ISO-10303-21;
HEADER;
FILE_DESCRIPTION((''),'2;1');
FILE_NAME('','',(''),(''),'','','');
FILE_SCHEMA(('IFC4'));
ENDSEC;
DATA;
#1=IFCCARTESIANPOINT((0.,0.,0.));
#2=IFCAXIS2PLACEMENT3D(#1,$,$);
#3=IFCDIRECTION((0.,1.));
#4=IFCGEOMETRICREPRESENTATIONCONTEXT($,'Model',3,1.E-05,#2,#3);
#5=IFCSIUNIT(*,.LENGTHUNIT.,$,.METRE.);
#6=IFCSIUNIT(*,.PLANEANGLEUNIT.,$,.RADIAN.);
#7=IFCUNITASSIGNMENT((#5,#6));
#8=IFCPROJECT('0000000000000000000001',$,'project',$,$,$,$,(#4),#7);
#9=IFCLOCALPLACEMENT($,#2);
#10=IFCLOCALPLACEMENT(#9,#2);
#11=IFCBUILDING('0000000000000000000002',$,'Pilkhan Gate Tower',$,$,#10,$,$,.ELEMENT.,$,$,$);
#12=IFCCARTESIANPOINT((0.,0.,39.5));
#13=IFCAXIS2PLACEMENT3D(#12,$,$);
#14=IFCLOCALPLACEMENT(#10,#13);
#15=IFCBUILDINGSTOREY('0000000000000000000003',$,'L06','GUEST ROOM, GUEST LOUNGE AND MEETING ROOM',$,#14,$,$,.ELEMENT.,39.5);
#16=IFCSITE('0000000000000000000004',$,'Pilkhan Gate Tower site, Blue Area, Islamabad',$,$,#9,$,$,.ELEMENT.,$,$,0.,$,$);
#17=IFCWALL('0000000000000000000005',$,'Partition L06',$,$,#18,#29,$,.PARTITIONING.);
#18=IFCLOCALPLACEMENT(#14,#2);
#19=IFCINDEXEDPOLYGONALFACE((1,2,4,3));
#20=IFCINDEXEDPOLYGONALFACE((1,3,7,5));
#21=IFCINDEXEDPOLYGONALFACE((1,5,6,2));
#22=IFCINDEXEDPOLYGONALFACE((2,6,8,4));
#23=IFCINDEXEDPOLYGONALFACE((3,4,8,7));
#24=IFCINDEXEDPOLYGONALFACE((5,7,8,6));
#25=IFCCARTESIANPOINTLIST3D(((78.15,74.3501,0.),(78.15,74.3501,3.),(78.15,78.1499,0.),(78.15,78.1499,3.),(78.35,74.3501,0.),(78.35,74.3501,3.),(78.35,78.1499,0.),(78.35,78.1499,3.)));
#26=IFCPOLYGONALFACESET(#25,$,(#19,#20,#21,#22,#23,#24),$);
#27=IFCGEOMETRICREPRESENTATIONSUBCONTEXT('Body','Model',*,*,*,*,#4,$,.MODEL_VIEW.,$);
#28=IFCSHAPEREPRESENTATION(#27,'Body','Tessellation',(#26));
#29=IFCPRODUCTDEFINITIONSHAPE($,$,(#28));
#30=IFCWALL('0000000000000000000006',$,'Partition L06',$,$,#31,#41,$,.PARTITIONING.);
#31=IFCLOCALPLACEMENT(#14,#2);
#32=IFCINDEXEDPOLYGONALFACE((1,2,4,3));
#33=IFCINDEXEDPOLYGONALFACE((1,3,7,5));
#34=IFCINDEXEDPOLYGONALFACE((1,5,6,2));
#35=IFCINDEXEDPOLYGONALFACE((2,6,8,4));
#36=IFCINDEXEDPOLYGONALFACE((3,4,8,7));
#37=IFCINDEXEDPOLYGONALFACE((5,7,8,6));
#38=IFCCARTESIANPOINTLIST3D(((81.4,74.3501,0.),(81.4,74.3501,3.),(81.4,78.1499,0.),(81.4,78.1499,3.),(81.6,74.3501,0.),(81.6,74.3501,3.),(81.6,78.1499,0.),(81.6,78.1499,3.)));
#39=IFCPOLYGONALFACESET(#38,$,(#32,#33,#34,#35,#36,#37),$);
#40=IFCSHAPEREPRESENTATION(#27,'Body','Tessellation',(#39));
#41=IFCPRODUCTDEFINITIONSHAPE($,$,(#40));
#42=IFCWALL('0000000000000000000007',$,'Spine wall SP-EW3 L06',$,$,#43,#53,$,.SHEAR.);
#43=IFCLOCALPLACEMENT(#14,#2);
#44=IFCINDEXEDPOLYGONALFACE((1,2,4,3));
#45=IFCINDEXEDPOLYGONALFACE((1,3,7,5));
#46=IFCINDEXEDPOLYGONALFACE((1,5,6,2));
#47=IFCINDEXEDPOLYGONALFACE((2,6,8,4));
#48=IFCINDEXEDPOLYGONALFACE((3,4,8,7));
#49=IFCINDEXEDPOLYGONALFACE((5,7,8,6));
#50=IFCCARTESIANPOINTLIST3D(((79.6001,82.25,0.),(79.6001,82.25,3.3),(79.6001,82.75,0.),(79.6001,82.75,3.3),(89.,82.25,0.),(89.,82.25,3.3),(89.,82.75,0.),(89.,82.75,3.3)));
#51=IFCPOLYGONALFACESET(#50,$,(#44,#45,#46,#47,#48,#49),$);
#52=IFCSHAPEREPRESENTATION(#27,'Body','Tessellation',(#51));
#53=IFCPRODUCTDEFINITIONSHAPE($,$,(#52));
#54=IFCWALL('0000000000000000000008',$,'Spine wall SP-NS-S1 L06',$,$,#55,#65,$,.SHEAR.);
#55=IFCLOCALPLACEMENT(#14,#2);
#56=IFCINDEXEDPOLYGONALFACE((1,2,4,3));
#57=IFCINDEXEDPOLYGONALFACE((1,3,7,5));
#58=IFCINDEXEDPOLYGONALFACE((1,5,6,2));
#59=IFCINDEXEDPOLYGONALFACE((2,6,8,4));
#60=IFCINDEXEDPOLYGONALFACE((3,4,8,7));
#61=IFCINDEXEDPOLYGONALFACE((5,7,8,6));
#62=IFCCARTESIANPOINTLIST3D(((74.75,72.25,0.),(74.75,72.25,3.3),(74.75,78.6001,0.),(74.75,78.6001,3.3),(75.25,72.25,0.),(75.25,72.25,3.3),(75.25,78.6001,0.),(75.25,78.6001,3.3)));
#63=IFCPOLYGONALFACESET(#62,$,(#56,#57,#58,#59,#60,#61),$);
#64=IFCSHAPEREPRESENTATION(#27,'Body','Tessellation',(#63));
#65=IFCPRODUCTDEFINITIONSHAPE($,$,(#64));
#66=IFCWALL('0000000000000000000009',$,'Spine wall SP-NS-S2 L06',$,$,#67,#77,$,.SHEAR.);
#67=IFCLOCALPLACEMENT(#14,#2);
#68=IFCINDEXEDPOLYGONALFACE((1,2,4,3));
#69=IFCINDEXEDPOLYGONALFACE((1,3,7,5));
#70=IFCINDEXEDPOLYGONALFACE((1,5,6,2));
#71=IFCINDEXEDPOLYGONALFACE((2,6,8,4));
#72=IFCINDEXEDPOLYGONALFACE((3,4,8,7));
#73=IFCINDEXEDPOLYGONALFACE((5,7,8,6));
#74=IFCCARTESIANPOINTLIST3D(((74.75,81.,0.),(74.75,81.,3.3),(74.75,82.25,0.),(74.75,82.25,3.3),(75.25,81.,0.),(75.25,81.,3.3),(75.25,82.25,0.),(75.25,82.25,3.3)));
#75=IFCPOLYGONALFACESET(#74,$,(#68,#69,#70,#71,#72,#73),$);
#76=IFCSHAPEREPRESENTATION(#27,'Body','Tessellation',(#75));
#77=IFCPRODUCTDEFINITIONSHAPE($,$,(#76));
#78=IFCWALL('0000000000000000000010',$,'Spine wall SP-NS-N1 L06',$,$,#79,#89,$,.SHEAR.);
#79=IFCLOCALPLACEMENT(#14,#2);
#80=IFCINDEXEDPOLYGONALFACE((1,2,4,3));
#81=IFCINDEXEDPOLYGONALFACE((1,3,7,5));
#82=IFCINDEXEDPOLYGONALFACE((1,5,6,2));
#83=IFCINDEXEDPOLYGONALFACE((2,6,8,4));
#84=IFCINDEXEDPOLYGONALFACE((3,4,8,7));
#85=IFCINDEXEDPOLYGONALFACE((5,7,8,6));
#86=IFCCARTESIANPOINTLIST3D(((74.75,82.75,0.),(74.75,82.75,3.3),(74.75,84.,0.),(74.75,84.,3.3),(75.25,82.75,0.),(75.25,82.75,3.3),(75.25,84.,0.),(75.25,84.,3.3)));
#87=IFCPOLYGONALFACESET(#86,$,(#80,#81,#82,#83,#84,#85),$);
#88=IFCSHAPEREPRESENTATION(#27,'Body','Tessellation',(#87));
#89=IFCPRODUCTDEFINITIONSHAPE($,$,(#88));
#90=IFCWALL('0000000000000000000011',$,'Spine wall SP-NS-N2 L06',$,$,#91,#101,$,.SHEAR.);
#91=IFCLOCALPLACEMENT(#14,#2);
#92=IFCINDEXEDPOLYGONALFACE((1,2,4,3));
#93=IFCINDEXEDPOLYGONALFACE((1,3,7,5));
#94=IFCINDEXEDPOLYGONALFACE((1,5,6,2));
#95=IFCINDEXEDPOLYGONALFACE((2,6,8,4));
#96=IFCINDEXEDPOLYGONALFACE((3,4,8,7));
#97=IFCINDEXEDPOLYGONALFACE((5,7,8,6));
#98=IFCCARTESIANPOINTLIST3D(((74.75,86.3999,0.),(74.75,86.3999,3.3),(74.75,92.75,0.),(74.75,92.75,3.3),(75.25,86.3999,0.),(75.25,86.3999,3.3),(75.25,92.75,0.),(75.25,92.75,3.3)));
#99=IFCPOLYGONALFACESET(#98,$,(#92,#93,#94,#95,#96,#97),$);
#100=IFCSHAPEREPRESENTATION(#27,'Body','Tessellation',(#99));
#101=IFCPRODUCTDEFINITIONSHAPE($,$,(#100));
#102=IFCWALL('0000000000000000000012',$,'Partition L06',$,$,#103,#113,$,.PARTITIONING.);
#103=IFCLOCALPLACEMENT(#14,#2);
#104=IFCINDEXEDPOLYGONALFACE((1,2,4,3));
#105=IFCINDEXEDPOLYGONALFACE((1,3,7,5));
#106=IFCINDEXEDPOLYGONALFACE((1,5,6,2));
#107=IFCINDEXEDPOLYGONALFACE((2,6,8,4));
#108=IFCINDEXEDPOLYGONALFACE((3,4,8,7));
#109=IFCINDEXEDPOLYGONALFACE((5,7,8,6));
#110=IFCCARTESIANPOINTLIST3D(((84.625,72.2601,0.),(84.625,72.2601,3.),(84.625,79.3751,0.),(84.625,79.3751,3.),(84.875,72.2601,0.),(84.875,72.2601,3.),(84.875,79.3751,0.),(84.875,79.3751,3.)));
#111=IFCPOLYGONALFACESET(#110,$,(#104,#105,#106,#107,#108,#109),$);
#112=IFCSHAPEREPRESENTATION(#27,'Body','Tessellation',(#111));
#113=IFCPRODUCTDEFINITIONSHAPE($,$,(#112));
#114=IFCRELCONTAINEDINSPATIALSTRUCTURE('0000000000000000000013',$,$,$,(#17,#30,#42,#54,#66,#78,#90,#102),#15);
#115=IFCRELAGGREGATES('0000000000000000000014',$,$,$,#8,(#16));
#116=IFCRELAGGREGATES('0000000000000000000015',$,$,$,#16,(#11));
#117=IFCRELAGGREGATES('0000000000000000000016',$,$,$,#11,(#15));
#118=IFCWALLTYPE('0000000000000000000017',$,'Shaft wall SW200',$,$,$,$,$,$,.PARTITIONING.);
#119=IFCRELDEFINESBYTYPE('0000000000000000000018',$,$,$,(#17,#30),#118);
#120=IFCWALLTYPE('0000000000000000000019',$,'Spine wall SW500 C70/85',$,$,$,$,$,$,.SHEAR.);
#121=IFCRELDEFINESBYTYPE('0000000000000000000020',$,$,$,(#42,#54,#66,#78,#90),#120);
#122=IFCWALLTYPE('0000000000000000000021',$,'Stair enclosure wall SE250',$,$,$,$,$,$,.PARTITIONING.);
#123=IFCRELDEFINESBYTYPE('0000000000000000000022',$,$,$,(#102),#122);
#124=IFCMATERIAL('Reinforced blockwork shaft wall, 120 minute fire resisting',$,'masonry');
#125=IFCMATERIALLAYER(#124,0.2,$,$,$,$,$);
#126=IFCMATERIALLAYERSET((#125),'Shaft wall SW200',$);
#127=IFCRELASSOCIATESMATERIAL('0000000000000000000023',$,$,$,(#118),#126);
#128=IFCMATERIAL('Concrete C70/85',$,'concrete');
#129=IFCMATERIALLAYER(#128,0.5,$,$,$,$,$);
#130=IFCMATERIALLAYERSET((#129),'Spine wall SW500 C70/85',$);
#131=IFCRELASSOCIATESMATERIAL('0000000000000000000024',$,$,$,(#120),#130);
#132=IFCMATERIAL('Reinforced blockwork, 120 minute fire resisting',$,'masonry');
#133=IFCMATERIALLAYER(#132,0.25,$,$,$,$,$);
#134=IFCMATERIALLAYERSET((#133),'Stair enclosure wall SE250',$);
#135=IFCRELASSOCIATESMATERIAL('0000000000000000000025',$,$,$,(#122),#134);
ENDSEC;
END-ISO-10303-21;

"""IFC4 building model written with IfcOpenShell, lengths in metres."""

from ifc_helpers import new_model, si_unit, direction, frame, frame_2d, origin, place, context, subcontext, project, spatial, rectangle, extrude, material, layer, layer_set, type_object, element, save


model = new_model("IFC4")

# Units and contexts
model_context = context("Model", 3, precision=1e-05, world=origin(), true_north=direction((0.0, 1.0)))
body_context = subcontext(model_context, "Body", "Model", "MODEL_VIEW")
ifc_project = project(units=[si_unit("LENGTHUNIT", "METRE"), si_unit("PLANEANGLEUNIT", "RADIAN")], contexts=[model_context])

# Site, building, storey
site_placement = place(None, origin())
site = spatial("IfcSite", under=ifc_project, at=site_placement, Name="Pilkhan Gate Tower site, Blue Area, Islamabad", CompositionType="ELEMENT", RefElevation=0.0)
building_placement = place(site_placement, origin())
building = spatial("IfcBuilding", under=site, at=building_placement, Name="Pilkhan Gate Tower", CompositionType="ELEMENT")
storey_placement = place(building_placement, frame((0.0, 0.0, 39.5)))
storey = spatial("IfcBuildingStorey", under=building, at=storey_placement, Name="L06", Description="GUEST ROOM, GUEST LOUNGE AND MEETING ROOM", CompositionType="ELEMENT", Elevation=39.5)

# Shared definitions
ifc_material_1 = material(Name="Concrete C70/85", Category="concrete")

# Shared definitions
ifc_material_2 = material(Name="Reinforced blockwork shaft wall, 120 minute fire resisting", Category="masonry")
ifc_layer_1 = layer(ifc_material_2, 0.2)
ifc_layer_set_1 = layer_set([ifc_layer_1], Name="Shaft wall SW200")
wall_type_1 = type_object("IfcWallType", Name="Shaft wall SW200", PredefinedType="PARTITIONING", material=ifc_layer_set_1)

# Walls
for number, where, z_axis, x_axis, name in (
    (1, (78.25, 74.3501, 0.0), (0.0, 0.0, 1.0), (0.0, 1.0, 0.0), "Partition L06"),
    (2, (81.5, 74.3501, 0.0), (0.0, 0.0, 1.0), (0.0, 1.0, 0.0), "Partition L06"),
):
    element("IfcWall", number, at=place(storey_placement, frame(where, z_axis=z_axis, x_axis=x_axis)), inside=storey, type_object=wall_type_1, Name=name, PredefinedType="PARTITIONING", context=body_context, shape_type="SweptSolid", body=[
        extrude(rectangle(XDim=3.7998, YDim=0.2, at=frame_2d((1.8999, 0.0))), origin(), (0.0, 0.0, 1.0), 3.0),
    ])
ifc_layer_2 = layer(ifc_material_1, 0.5)
ifc_layer_set_2 = layer_set([ifc_layer_2], Name="Spine wall SW500 C70/85")
wall_type_2 = type_object("IfcWallType", Name="Spine wall SW500 C70/85", PredefinedType="SHEAR", material=ifc_layer_set_2)
wall_1_placement = place(storey_placement, frame((79.6001, 82.5, 0.0), z_axis=(0.0, 0.0, 1.0), x_axis=(1.0, 0.0, 0.0)))
element("IfcWall", 3, at=wall_1_placement, inside=storey, type_object=wall_type_2, Name="Spine wall SP-EW3 L06", PredefinedType="SHEAR", context=body_context, shape_type="SweptSolid", body=[
    extrude(rectangle(XDim=9.3999, YDim=0.5, at=frame_2d((4.7, 0.0))), origin(), (0.0, 0.0, 1.0), 3.3),
])
wall_2_placement = place(storey_placement, frame((75.0, 72.25, 0.0), z_axis=(0.0, 0.0, 1.0), x_axis=(0.0, 1.0, 0.0)))
element("IfcWall", 4, at=wall_2_placement, inside=storey, type_object=wall_type_2, Name="Spine wall SP-NS-S1 L06", PredefinedType="SHEAR", context=body_context, shape_type="SweptSolid", body=[
    extrude(rectangle(XDim=6.3501, YDim=0.5, at=frame_2d((3.175, 0.0))), origin(), (0.0, 0.0, 1.0), 3.3),
])
for number, where, z_axis, x_axis, name in (
    (5, (75.0, 81.0, 0.0), (0.0, 0.0, 1.0), (0.0, 1.0, 0.0), "Spine wall SP-NS-S2 L06"),
    (6, (75.0, 82.75, 0.0), (0.0, 0.0, 1.0), (0.0, 1.0, 0.0), "Spine wall SP-NS-N1 L06"),
):
    element("IfcWall", number, at=place(storey_placement, frame(where, z_axis=z_axis, x_axis=x_axis)), inside=storey, type_object=wall_type_2, Name=name, PredefinedType="SHEAR", context=body_context, shape_type="SweptSolid", body=[
        extrude(rectangle(XDim=1.25, YDim=0.5, at=frame_2d((0.625, 0.0))), origin(), (0.0, 0.0, 1.0), 3.3),
    ])
wall_3_placement = place(storey_placement, frame((75.0, 86.3999, 0.0), z_axis=(0.0, 0.0, 1.0), x_axis=(0.0, 1.0, 0.0)))
element("IfcWall", 7, at=wall_3_placement, inside=storey, type_object=wall_type_2, Name="Spine wall SP-NS-N2 L06", PredefinedType="SHEAR", context=body_context, shape_type="SweptSolid", body=[
    extrude(rectangle(XDim=6.3501, YDim=0.5, at=frame_2d((3.175, 0.0))), origin(), (0.0, 0.0, 1.0), 3.3),
])
ifc_material_3 = material(Name="Reinforced blockwork, 120 minute fire resisting", Category="masonry")
ifc_layer_3 = layer(ifc_material_3, 0.25)
ifc_layer_set_3 = layer_set([ifc_layer_3], Name="Stair enclosure wall SE250")
wall_type_3 = type_object("IfcWallType", Name="Stair enclosure wall SE250", PredefinedType="PARTITIONING", material=ifc_layer_set_3)
wall_4_placement = place(storey_placement, frame((84.75, 72.26, 0.0), z_axis=(0.0, 0.0, 1.0), x_axis=(0.0, 1.0, 0.0)))
element("IfcWall", 8, at=wall_4_placement, inside=storey, type_object=wall_type_3, Name="Partition L06", PredefinedType="PARTITIONING", context=body_context, shape_type="SweptSolid", body=[
    extrude(rectangle(XDim=7.115, YDim=0.25, at=frame_2d((3.5576, 0.0))), origin(), (0.0, 0.0, 1.0), 3.0),
])

save(model, "model.ifc")
